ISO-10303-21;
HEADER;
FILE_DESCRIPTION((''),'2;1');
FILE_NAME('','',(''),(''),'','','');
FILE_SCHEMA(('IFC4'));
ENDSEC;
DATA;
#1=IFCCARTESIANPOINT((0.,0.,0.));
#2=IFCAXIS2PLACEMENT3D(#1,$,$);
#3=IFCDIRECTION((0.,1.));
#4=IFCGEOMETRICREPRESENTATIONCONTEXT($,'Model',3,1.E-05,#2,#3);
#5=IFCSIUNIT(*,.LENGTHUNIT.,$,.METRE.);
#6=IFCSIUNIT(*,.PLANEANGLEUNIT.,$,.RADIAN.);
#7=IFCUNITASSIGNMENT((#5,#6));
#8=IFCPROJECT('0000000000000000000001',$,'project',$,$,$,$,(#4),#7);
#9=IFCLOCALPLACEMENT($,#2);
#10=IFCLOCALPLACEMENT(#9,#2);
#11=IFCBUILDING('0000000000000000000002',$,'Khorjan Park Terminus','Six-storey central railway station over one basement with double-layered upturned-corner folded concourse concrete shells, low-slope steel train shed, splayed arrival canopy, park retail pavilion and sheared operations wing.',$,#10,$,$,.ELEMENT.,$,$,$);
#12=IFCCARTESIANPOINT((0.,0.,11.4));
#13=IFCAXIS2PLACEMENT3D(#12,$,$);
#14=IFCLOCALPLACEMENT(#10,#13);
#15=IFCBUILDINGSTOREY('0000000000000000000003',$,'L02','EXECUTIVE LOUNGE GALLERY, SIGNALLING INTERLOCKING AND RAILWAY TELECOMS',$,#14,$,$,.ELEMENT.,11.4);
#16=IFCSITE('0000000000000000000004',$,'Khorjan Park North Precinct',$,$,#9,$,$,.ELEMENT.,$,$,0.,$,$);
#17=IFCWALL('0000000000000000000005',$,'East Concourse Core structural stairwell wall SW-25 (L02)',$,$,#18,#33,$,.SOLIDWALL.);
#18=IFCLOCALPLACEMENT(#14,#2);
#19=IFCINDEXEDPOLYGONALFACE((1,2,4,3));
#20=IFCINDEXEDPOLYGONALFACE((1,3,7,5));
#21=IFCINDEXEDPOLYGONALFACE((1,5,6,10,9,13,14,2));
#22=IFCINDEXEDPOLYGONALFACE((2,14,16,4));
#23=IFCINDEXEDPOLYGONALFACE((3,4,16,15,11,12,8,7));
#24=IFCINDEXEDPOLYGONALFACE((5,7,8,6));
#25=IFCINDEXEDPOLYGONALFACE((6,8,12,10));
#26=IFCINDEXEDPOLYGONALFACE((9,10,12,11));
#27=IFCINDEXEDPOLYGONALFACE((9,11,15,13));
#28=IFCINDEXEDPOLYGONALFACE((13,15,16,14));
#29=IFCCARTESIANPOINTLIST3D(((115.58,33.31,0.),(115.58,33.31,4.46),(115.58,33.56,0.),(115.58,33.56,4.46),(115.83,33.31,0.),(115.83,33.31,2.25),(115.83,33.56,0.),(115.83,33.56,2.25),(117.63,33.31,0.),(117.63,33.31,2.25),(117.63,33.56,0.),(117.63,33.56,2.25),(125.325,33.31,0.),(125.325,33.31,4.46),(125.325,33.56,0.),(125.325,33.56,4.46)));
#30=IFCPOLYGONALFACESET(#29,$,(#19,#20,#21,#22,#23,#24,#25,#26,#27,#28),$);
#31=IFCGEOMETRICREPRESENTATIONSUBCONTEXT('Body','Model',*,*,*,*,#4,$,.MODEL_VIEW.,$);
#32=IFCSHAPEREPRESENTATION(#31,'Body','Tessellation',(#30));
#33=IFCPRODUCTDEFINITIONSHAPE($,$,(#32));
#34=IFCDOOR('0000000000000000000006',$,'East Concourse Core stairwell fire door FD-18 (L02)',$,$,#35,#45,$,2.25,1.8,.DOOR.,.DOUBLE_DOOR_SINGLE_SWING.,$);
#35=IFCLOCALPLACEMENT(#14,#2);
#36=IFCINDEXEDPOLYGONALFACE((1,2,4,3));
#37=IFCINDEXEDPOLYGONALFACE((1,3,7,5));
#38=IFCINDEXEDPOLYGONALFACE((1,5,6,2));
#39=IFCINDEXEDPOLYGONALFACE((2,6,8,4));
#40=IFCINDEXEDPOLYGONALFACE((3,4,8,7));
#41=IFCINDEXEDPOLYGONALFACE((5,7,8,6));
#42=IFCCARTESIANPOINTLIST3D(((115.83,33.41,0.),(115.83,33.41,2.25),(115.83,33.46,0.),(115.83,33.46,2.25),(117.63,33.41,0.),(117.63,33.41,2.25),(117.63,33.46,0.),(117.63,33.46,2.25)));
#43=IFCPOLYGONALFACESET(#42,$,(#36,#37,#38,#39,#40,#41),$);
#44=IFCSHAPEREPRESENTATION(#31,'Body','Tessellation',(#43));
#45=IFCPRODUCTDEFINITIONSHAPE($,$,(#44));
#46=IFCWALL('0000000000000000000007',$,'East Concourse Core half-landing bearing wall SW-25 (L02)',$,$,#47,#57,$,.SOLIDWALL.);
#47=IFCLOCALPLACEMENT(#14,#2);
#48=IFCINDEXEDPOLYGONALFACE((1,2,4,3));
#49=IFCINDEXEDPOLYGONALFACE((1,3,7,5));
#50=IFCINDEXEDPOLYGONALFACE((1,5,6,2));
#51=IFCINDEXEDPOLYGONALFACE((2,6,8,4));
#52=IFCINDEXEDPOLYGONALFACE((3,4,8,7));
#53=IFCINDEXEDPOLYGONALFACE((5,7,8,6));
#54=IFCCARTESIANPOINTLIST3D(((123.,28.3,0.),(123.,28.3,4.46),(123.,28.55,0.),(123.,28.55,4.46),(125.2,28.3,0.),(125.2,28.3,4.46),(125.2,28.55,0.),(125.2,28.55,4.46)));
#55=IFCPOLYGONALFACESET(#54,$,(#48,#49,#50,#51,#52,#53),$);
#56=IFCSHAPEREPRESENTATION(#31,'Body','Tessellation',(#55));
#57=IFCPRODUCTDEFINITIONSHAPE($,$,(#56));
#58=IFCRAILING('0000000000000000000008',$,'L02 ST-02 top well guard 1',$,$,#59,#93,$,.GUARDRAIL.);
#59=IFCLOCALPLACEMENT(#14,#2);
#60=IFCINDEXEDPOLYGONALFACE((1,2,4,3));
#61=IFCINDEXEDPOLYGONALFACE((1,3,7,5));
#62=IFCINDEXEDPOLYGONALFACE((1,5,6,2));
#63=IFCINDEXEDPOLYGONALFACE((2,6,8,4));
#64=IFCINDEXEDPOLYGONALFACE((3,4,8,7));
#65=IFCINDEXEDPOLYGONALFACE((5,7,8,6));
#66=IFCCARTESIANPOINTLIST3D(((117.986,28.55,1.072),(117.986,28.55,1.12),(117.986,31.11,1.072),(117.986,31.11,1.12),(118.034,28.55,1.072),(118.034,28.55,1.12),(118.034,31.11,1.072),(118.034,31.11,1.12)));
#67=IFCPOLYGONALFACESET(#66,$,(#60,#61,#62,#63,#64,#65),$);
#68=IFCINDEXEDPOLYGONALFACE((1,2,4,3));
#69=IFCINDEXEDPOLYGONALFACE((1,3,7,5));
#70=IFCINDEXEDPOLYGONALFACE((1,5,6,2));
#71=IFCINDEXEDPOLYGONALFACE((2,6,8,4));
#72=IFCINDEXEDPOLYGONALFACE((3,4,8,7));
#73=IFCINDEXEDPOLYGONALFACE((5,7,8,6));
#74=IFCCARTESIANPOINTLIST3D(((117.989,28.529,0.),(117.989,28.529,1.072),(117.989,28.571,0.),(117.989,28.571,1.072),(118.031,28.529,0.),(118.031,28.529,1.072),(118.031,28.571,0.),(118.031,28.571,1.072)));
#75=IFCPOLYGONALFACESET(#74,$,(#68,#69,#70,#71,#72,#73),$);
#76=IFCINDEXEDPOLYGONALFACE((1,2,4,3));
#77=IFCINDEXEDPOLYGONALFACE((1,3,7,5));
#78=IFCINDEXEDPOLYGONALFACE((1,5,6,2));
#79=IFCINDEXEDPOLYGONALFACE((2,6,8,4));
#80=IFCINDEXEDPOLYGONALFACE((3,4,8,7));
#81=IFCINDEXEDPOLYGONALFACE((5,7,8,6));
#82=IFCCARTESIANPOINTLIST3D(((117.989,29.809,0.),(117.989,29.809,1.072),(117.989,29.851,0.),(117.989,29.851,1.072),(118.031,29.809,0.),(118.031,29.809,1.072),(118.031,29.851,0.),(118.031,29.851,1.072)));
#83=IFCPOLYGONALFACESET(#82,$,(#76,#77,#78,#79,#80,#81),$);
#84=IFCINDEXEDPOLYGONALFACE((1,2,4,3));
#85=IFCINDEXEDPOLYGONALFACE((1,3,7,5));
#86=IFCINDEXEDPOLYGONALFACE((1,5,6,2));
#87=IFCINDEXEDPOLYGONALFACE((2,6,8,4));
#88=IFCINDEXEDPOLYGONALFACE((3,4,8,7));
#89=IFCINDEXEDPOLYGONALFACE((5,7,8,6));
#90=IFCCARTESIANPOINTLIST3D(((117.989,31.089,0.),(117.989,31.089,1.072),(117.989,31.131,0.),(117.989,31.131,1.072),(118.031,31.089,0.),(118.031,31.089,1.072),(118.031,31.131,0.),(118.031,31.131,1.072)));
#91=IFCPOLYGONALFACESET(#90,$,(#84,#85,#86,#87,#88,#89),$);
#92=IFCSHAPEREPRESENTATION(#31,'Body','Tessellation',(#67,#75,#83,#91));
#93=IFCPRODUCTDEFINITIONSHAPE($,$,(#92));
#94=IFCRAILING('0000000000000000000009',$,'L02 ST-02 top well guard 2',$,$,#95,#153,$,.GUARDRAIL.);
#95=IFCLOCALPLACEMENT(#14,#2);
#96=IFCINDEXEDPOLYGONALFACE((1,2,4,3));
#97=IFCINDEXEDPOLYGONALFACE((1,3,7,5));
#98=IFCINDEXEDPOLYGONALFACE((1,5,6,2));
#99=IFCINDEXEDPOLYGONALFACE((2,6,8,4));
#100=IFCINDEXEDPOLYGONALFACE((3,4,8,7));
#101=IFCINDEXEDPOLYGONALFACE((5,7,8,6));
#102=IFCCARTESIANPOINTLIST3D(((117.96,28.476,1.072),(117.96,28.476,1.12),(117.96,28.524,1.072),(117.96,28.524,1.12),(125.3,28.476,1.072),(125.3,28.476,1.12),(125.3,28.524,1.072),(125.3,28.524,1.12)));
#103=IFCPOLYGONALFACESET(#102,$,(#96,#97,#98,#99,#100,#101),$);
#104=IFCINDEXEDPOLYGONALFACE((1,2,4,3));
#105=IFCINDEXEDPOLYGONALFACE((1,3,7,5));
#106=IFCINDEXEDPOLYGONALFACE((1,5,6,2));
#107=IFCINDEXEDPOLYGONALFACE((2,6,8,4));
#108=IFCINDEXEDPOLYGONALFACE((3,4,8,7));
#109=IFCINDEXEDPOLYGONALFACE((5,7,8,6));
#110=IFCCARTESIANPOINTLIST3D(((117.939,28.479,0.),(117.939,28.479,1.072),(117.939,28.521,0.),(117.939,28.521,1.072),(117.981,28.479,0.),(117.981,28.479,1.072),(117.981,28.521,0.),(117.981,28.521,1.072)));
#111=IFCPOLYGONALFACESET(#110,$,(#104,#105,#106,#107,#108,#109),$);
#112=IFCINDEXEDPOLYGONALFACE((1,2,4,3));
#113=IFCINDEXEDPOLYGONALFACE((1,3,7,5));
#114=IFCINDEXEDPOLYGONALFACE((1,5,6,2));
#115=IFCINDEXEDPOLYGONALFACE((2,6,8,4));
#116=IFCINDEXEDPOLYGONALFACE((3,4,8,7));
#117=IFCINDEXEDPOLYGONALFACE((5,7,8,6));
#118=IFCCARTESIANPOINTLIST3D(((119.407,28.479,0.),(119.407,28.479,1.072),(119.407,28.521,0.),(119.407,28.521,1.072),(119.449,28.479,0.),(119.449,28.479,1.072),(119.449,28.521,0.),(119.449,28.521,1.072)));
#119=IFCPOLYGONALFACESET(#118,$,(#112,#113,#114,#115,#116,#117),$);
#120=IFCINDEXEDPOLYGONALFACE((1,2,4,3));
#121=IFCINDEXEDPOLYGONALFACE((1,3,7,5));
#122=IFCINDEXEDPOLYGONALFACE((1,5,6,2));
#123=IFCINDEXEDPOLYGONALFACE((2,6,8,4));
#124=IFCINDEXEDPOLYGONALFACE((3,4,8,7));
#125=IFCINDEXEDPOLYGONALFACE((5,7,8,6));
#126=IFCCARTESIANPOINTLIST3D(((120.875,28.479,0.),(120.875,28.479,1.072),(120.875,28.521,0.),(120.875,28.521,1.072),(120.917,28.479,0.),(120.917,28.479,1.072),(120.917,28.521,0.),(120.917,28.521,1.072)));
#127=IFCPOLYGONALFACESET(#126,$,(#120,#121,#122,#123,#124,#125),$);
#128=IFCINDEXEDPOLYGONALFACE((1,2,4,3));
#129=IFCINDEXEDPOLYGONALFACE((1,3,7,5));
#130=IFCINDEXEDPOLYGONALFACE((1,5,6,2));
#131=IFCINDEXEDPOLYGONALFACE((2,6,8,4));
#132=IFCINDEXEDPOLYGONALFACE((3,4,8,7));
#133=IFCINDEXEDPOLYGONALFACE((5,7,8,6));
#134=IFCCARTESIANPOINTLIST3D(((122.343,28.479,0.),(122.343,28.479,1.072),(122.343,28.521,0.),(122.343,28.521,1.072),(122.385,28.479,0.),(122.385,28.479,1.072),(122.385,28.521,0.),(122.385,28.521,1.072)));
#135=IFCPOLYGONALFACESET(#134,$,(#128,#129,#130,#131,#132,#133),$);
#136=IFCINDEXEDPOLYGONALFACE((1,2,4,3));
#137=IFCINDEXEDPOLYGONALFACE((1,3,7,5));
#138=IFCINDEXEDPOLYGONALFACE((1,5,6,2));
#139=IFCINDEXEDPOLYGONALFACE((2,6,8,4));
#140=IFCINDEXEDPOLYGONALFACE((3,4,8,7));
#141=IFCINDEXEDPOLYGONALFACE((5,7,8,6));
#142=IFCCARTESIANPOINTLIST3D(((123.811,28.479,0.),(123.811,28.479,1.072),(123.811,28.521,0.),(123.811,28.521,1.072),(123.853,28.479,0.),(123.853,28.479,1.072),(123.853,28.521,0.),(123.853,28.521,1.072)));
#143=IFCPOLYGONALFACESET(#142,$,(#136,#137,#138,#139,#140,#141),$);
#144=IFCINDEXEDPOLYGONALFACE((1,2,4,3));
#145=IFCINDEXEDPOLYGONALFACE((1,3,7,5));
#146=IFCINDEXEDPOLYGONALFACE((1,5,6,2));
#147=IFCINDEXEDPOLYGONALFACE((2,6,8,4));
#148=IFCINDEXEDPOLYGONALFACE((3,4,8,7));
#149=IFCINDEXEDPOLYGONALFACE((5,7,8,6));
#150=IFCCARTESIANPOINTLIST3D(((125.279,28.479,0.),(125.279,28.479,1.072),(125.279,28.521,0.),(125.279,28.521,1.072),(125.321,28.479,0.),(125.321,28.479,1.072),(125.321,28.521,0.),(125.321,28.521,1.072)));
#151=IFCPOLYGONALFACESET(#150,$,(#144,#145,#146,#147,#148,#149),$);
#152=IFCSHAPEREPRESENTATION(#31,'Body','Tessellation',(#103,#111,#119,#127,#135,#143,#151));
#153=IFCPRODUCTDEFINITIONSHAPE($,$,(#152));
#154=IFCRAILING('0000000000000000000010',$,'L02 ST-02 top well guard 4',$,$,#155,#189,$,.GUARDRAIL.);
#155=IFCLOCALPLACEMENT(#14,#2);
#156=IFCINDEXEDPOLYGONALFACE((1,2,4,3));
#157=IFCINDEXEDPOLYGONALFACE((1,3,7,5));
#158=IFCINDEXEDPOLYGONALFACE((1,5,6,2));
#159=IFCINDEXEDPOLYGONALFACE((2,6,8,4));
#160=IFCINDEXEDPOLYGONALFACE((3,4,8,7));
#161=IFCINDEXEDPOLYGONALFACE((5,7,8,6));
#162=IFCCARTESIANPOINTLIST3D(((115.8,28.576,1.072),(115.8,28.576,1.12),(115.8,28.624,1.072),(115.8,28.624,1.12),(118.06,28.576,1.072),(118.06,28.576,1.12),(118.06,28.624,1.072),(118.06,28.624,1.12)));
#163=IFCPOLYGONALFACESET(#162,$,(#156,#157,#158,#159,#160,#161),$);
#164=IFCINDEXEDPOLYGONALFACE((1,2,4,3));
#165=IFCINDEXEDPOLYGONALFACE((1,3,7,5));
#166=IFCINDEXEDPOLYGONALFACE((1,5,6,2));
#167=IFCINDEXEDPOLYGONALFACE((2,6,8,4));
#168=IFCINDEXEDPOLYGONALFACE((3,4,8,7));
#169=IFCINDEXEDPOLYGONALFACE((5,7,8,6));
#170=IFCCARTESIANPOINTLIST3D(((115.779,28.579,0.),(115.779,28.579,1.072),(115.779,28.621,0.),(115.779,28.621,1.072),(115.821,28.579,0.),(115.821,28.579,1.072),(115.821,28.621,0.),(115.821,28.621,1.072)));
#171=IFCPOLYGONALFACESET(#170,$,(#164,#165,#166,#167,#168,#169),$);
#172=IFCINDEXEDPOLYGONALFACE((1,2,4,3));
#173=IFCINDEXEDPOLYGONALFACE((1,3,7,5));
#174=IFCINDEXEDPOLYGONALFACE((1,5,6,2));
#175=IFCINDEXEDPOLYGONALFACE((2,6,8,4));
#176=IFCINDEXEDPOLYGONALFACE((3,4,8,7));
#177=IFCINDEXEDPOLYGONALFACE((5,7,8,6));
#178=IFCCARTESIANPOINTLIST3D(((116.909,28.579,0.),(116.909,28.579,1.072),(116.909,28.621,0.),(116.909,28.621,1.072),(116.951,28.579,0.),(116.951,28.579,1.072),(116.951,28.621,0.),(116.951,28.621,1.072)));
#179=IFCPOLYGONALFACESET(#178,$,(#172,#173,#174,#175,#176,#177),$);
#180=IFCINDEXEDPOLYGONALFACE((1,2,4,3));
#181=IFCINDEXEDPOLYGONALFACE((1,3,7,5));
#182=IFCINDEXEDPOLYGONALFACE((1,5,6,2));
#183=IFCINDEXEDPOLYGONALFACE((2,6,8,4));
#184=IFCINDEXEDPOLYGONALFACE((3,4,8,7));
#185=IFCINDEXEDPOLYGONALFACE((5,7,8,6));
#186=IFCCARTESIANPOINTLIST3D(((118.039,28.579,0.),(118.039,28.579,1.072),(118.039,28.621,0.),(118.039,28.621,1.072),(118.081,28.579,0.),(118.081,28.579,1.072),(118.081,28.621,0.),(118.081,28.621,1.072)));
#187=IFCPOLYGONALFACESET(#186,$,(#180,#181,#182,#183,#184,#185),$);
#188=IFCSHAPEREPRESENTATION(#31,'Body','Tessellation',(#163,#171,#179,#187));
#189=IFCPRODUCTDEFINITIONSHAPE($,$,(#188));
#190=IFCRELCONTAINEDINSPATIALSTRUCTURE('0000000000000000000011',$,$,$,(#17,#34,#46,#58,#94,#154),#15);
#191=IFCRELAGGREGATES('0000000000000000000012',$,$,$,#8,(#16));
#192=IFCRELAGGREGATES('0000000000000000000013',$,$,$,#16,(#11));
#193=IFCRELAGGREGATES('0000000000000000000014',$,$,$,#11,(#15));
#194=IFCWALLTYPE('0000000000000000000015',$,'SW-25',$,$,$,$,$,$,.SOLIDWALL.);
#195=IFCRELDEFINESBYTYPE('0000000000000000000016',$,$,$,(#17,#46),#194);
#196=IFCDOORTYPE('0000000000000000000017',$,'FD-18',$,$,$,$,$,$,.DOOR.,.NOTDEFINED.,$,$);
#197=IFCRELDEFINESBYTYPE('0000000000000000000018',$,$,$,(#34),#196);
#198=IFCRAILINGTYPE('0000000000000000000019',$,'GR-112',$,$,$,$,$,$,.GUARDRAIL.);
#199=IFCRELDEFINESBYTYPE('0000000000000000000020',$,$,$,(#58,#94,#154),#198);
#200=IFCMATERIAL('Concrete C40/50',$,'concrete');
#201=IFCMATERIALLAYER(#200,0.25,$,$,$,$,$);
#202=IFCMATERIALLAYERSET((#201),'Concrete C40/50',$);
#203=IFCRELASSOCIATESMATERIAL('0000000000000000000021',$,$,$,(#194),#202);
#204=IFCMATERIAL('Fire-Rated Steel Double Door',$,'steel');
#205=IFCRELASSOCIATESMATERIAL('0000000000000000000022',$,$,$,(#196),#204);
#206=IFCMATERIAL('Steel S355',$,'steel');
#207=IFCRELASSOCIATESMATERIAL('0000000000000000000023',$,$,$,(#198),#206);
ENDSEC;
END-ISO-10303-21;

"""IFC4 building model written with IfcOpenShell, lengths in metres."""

from ifc_helpers import new_model, si_unit, direction, frame, frame_2d, origin, origin_2d, place, context, subcontext, project, spatial, rectangle, extrude, material, layer, layer_set, type_object, element, fill, save


model = new_model("IFC4")

# Units and contexts
model_context = context("Model", 3, precision=1e-05, world=origin(), true_north=direction((0.0, 1.0)))
body_context = subcontext(model_context, "Body", "Model", "MODEL_VIEW")
ifc_project = project(units=[si_unit("LENGTHUNIT", "METRE"), si_unit("PLANEANGLEUNIT", "RADIAN")], contexts=[model_context])

# Site, building, storey
site_placement = place(None, origin())
site = spatial("IfcSite", under=ifc_project, at=site_placement, Name="Khorjan Park North Precinct", CompositionType="ELEMENT", RefElevation=0.0)
building_placement = place(site_placement, origin())
building = spatial("IfcBuilding", under=site, at=building_placement, Name="Khorjan Park Terminus", Description="Six-storey central railway station over one basement with double-layered upturned-corner folded concourse concrete shells, low-slope steel train shed, splayed arrival canopy, park retail pavilion and sheared operations wing.", CompositionType="ELEMENT")
storey_placement = place(building_placement, frame((0.0, 0.0, 11.4)))
storey = spatial("IfcBuildingStorey", under=building, at=storey_placement, Name="L02", Description="EXECUTIVE LOUNGE GALLERY, SIGNALLING INTERLOCKING AND RAILWAY TELECOMS", CompositionType="ELEMENT", Elevation=11.4)

# Shared definitions
ifc_material_1 = material(Name="Steel S355", Category="steel")

# Wall, opening, door
ifc_material_2 = material(Name="Concrete C40/50", Category="concrete")
ifc_layer_1 = layer(ifc_material_2, 0.25)
ifc_layer_set_1 = layer_set([ifc_layer_1], Name="Concrete C40/50")
wall_type_1 = type_object("IfcWallType", Name="SW-25", PredefinedType="SOLIDWALL", material=ifc_layer_set_1)
wall_1_placement = place(storey_placement, frame((115.58, 33.435, 0.0), z_axis=(0.0, 0.0, 1.0), x_axis=(1.0, 0.0, 0.0)))
wall_1 = element("IfcWall", 1, at=wall_1_placement, inside=storey, type_object=wall_type_1, Name="East Concourse Core structural stairwell wall SW-25 (L02)", PredefinedType="SOLIDWALL", context=body_context, shape_type="SweptSolid", body=[
    extrude(rectangle(XDim=9.745, YDim=0.25, at=frame_2d((4.8725, 0.0))), origin(), (0.0, 0.0, 1.0), 4.46),
])
opening_placement = place(wall_1_placement, frame((0.25, 0.0, 0.0)))
opening = element("IfcOpeningElement", 2, at=opening_placement, cuts=wall_1, PredefinedType="OPENING", context=body_context, shape_type="SweptSolid", body=[
    extrude(rectangle(XDim=1.8, YDim=2.25, at=frame_2d((0.9, 1.125))), frame((0.0, 0.135, 0.0), z_axis=(0.0, -1.0, 0.0), x_axis=(1.0, 0.0, 0.0)), (0.0, 0.0, 1.0), 0.27),
])
ifc_material_3 = material(Name="Fire-Rated Steel Double Door", Category="steel")
door_type = type_object("IfcDoorType", Name="FD-18", OperationType="NOTDEFINED", PredefinedType="DOOR", material=ifc_material_3)
door_placement = place(opening_placement, origin())
door = element("IfcDoor", 3, at=door_placement, inside=storey, type_object=door_type, Name="East Concourse Core stairwell fire door FD-18 (L02)", OperationType="DOUBLE_DOOR_SINGLE_SWING", OverallHeight=2.25, OverallWidth=1.8, PredefinedType="DOOR", context=body_context, shape_type="SweptSolid", body=[
    extrude(rectangle(XDim=1.8, YDim=2.25, at=frame_2d((0.9, 1.125))), frame((0.0, 0.025, 0.0), z_axis=(0.0, -1.0, 0.0), x_axis=(1.0, 0.0, 0.0)), (0.0, 0.0, 1.0), 0.05),
])
fill(opening, door)

# Wall
wall_2_placement = place(storey_placement, frame((123.0, 28.425, 0.0), z_axis=(0.0, 0.0, 1.0), x_axis=(1.0, 0.0, 0.0)))
element("IfcWall", 4, at=wall_2_placement, inside=storey, type_object=wall_type_1, Name="East Concourse Core half-landing bearing wall SW-25 (L02)", PredefinedType="SOLIDWALL", context=body_context, shape_type="SweptSolid", body=[
    extrude(rectangle(XDim=2.2, YDim=0.25, at=frame_2d((1.1, 0.0))), origin(), (0.0, 0.0, 1.0), 4.46),
])

# Railings
railing_type = type_object("IfcRailingType", Name="GR-112", PredefinedType="GUARDRAIL", material=ifc_material_1)
railing_1_placement = place(storey_placement, frame((118.01, 28.55, 0.0)))
element("IfcRailing", 5, at=railing_1_placement, inside=storey, type_object=railing_type, Name="L02 ST-02 top well guard 1", PredefinedType="GUARDRAIL", context=body_context, shape_type="SweptSolid", body=[
    extrude(rectangle(XDim=0.048, YDim=0.048, at=origin_2d()), frame((0.0, 0.0, 1.096), z_axis=(0.0, 1.0, 0.0), x_axis=(-1.0, 0.0, 0.0)), (0.0, 0.0, 1.0), 2.56),
    extrude(rectangle(XDim=0.042, YDim=0.042, at=origin_2d()), origin(), (0.0, 0.0, 1.0), 1.072),
    extrude(rectangle(XDim=0.042, YDim=0.042, at=origin_2d()), frame((0.0, 1.28, 0.0)), (0.0, 0.0, 1.0), 1.072),
    extrude(rectangle(XDim=0.042, YDim=0.042, at=origin_2d()), frame((0.0, 2.56, 0.0)), (0.0, 0.0, 1.0), 1.072),
])
railing_2_placement = place(storey_placement, frame((117.96, 28.5, 0.0)))
element("IfcRailing", 6, at=railing_2_placement, inside=storey, type_object=railing_type, Name="L02 ST-02 top well guard 2", PredefinedType="GUARDRAIL", context=body_context, shape_type="SweptSolid", body=[
    extrude(rectangle(XDim=0.048, YDim=0.048, at=origin_2d()), frame((0.0, 0.0, 1.096), z_axis=(1.0, 0.0, 0.0), x_axis=(0.0, 1.0, 0.0)), (0.0, 0.0, 1.0), 7.34),
    extrude(rectangle(XDim=0.042, YDim=0.042, at=origin_2d()), origin(), (0.0, 0.0, 1.0), 1.072),
    extrude(rectangle(XDim=0.042, YDim=0.042, at=origin_2d()), frame((1.468, 0.0, 0.0)), (0.0, 0.0, 1.0), 1.072),
    extrude(rectangle(XDim=0.042, YDim=0.042, at=origin_2d()), frame((2.936, 0.0, 0.0)), (0.0, 0.0, 1.0), 1.072),
    extrude(rectangle(XDim=0.042, YDim=0.042, at=origin_2d()), frame((4.404, 0.0, 0.0)), (0.0, 0.0, 1.0), 1.072),
    extrude(rectangle(XDim=0.042, YDim=0.042, at=origin_2d()), frame((5.872, 0.0, 0.0)), (0.0, 0.0, 1.0), 1.072),
    extrude(rectangle(XDim=0.042, YDim=0.042, at=origin_2d()), frame((7.34, 0.0, 0.0)), (0.0, 0.0, 1.0), 1.072),
])
railing_3_placement = place(storey_placement, frame((115.8, 28.6, 0.0)))
element("IfcRailing", 7, at=railing_3_placement, inside=storey, type_object=railing_type, Name="L02 ST-02 top well guard 4", PredefinedType="GUARDRAIL", context=body_context, shape_type="SweptSolid", body=[
    extrude(rectangle(XDim=0.048, YDim=0.048, at=origin_2d()), frame((0.0, 0.0, 1.096), z_axis=(1.0, 0.0, 0.0), x_axis=(0.0, 1.0, 0.0)), (0.0, 0.0, 1.0), 2.26),
    extrude(rectangle(XDim=0.042, YDim=0.042, at=origin_2d()), origin(), (0.0, 0.0, 1.0), 1.072),
    extrude(rectangle(XDim=0.042, YDim=0.042, at=origin_2d()), frame((1.13, 0.0, 0.0)), (0.0, 0.0, 1.0), 1.072),
    extrude(rectangle(XDim=0.042, YDim=0.042, at=origin_2d()), frame((2.26, 0.0, 0.0)), (0.0, 0.0, 1.0), 1.072),
])

save(model, "model.ifc")
